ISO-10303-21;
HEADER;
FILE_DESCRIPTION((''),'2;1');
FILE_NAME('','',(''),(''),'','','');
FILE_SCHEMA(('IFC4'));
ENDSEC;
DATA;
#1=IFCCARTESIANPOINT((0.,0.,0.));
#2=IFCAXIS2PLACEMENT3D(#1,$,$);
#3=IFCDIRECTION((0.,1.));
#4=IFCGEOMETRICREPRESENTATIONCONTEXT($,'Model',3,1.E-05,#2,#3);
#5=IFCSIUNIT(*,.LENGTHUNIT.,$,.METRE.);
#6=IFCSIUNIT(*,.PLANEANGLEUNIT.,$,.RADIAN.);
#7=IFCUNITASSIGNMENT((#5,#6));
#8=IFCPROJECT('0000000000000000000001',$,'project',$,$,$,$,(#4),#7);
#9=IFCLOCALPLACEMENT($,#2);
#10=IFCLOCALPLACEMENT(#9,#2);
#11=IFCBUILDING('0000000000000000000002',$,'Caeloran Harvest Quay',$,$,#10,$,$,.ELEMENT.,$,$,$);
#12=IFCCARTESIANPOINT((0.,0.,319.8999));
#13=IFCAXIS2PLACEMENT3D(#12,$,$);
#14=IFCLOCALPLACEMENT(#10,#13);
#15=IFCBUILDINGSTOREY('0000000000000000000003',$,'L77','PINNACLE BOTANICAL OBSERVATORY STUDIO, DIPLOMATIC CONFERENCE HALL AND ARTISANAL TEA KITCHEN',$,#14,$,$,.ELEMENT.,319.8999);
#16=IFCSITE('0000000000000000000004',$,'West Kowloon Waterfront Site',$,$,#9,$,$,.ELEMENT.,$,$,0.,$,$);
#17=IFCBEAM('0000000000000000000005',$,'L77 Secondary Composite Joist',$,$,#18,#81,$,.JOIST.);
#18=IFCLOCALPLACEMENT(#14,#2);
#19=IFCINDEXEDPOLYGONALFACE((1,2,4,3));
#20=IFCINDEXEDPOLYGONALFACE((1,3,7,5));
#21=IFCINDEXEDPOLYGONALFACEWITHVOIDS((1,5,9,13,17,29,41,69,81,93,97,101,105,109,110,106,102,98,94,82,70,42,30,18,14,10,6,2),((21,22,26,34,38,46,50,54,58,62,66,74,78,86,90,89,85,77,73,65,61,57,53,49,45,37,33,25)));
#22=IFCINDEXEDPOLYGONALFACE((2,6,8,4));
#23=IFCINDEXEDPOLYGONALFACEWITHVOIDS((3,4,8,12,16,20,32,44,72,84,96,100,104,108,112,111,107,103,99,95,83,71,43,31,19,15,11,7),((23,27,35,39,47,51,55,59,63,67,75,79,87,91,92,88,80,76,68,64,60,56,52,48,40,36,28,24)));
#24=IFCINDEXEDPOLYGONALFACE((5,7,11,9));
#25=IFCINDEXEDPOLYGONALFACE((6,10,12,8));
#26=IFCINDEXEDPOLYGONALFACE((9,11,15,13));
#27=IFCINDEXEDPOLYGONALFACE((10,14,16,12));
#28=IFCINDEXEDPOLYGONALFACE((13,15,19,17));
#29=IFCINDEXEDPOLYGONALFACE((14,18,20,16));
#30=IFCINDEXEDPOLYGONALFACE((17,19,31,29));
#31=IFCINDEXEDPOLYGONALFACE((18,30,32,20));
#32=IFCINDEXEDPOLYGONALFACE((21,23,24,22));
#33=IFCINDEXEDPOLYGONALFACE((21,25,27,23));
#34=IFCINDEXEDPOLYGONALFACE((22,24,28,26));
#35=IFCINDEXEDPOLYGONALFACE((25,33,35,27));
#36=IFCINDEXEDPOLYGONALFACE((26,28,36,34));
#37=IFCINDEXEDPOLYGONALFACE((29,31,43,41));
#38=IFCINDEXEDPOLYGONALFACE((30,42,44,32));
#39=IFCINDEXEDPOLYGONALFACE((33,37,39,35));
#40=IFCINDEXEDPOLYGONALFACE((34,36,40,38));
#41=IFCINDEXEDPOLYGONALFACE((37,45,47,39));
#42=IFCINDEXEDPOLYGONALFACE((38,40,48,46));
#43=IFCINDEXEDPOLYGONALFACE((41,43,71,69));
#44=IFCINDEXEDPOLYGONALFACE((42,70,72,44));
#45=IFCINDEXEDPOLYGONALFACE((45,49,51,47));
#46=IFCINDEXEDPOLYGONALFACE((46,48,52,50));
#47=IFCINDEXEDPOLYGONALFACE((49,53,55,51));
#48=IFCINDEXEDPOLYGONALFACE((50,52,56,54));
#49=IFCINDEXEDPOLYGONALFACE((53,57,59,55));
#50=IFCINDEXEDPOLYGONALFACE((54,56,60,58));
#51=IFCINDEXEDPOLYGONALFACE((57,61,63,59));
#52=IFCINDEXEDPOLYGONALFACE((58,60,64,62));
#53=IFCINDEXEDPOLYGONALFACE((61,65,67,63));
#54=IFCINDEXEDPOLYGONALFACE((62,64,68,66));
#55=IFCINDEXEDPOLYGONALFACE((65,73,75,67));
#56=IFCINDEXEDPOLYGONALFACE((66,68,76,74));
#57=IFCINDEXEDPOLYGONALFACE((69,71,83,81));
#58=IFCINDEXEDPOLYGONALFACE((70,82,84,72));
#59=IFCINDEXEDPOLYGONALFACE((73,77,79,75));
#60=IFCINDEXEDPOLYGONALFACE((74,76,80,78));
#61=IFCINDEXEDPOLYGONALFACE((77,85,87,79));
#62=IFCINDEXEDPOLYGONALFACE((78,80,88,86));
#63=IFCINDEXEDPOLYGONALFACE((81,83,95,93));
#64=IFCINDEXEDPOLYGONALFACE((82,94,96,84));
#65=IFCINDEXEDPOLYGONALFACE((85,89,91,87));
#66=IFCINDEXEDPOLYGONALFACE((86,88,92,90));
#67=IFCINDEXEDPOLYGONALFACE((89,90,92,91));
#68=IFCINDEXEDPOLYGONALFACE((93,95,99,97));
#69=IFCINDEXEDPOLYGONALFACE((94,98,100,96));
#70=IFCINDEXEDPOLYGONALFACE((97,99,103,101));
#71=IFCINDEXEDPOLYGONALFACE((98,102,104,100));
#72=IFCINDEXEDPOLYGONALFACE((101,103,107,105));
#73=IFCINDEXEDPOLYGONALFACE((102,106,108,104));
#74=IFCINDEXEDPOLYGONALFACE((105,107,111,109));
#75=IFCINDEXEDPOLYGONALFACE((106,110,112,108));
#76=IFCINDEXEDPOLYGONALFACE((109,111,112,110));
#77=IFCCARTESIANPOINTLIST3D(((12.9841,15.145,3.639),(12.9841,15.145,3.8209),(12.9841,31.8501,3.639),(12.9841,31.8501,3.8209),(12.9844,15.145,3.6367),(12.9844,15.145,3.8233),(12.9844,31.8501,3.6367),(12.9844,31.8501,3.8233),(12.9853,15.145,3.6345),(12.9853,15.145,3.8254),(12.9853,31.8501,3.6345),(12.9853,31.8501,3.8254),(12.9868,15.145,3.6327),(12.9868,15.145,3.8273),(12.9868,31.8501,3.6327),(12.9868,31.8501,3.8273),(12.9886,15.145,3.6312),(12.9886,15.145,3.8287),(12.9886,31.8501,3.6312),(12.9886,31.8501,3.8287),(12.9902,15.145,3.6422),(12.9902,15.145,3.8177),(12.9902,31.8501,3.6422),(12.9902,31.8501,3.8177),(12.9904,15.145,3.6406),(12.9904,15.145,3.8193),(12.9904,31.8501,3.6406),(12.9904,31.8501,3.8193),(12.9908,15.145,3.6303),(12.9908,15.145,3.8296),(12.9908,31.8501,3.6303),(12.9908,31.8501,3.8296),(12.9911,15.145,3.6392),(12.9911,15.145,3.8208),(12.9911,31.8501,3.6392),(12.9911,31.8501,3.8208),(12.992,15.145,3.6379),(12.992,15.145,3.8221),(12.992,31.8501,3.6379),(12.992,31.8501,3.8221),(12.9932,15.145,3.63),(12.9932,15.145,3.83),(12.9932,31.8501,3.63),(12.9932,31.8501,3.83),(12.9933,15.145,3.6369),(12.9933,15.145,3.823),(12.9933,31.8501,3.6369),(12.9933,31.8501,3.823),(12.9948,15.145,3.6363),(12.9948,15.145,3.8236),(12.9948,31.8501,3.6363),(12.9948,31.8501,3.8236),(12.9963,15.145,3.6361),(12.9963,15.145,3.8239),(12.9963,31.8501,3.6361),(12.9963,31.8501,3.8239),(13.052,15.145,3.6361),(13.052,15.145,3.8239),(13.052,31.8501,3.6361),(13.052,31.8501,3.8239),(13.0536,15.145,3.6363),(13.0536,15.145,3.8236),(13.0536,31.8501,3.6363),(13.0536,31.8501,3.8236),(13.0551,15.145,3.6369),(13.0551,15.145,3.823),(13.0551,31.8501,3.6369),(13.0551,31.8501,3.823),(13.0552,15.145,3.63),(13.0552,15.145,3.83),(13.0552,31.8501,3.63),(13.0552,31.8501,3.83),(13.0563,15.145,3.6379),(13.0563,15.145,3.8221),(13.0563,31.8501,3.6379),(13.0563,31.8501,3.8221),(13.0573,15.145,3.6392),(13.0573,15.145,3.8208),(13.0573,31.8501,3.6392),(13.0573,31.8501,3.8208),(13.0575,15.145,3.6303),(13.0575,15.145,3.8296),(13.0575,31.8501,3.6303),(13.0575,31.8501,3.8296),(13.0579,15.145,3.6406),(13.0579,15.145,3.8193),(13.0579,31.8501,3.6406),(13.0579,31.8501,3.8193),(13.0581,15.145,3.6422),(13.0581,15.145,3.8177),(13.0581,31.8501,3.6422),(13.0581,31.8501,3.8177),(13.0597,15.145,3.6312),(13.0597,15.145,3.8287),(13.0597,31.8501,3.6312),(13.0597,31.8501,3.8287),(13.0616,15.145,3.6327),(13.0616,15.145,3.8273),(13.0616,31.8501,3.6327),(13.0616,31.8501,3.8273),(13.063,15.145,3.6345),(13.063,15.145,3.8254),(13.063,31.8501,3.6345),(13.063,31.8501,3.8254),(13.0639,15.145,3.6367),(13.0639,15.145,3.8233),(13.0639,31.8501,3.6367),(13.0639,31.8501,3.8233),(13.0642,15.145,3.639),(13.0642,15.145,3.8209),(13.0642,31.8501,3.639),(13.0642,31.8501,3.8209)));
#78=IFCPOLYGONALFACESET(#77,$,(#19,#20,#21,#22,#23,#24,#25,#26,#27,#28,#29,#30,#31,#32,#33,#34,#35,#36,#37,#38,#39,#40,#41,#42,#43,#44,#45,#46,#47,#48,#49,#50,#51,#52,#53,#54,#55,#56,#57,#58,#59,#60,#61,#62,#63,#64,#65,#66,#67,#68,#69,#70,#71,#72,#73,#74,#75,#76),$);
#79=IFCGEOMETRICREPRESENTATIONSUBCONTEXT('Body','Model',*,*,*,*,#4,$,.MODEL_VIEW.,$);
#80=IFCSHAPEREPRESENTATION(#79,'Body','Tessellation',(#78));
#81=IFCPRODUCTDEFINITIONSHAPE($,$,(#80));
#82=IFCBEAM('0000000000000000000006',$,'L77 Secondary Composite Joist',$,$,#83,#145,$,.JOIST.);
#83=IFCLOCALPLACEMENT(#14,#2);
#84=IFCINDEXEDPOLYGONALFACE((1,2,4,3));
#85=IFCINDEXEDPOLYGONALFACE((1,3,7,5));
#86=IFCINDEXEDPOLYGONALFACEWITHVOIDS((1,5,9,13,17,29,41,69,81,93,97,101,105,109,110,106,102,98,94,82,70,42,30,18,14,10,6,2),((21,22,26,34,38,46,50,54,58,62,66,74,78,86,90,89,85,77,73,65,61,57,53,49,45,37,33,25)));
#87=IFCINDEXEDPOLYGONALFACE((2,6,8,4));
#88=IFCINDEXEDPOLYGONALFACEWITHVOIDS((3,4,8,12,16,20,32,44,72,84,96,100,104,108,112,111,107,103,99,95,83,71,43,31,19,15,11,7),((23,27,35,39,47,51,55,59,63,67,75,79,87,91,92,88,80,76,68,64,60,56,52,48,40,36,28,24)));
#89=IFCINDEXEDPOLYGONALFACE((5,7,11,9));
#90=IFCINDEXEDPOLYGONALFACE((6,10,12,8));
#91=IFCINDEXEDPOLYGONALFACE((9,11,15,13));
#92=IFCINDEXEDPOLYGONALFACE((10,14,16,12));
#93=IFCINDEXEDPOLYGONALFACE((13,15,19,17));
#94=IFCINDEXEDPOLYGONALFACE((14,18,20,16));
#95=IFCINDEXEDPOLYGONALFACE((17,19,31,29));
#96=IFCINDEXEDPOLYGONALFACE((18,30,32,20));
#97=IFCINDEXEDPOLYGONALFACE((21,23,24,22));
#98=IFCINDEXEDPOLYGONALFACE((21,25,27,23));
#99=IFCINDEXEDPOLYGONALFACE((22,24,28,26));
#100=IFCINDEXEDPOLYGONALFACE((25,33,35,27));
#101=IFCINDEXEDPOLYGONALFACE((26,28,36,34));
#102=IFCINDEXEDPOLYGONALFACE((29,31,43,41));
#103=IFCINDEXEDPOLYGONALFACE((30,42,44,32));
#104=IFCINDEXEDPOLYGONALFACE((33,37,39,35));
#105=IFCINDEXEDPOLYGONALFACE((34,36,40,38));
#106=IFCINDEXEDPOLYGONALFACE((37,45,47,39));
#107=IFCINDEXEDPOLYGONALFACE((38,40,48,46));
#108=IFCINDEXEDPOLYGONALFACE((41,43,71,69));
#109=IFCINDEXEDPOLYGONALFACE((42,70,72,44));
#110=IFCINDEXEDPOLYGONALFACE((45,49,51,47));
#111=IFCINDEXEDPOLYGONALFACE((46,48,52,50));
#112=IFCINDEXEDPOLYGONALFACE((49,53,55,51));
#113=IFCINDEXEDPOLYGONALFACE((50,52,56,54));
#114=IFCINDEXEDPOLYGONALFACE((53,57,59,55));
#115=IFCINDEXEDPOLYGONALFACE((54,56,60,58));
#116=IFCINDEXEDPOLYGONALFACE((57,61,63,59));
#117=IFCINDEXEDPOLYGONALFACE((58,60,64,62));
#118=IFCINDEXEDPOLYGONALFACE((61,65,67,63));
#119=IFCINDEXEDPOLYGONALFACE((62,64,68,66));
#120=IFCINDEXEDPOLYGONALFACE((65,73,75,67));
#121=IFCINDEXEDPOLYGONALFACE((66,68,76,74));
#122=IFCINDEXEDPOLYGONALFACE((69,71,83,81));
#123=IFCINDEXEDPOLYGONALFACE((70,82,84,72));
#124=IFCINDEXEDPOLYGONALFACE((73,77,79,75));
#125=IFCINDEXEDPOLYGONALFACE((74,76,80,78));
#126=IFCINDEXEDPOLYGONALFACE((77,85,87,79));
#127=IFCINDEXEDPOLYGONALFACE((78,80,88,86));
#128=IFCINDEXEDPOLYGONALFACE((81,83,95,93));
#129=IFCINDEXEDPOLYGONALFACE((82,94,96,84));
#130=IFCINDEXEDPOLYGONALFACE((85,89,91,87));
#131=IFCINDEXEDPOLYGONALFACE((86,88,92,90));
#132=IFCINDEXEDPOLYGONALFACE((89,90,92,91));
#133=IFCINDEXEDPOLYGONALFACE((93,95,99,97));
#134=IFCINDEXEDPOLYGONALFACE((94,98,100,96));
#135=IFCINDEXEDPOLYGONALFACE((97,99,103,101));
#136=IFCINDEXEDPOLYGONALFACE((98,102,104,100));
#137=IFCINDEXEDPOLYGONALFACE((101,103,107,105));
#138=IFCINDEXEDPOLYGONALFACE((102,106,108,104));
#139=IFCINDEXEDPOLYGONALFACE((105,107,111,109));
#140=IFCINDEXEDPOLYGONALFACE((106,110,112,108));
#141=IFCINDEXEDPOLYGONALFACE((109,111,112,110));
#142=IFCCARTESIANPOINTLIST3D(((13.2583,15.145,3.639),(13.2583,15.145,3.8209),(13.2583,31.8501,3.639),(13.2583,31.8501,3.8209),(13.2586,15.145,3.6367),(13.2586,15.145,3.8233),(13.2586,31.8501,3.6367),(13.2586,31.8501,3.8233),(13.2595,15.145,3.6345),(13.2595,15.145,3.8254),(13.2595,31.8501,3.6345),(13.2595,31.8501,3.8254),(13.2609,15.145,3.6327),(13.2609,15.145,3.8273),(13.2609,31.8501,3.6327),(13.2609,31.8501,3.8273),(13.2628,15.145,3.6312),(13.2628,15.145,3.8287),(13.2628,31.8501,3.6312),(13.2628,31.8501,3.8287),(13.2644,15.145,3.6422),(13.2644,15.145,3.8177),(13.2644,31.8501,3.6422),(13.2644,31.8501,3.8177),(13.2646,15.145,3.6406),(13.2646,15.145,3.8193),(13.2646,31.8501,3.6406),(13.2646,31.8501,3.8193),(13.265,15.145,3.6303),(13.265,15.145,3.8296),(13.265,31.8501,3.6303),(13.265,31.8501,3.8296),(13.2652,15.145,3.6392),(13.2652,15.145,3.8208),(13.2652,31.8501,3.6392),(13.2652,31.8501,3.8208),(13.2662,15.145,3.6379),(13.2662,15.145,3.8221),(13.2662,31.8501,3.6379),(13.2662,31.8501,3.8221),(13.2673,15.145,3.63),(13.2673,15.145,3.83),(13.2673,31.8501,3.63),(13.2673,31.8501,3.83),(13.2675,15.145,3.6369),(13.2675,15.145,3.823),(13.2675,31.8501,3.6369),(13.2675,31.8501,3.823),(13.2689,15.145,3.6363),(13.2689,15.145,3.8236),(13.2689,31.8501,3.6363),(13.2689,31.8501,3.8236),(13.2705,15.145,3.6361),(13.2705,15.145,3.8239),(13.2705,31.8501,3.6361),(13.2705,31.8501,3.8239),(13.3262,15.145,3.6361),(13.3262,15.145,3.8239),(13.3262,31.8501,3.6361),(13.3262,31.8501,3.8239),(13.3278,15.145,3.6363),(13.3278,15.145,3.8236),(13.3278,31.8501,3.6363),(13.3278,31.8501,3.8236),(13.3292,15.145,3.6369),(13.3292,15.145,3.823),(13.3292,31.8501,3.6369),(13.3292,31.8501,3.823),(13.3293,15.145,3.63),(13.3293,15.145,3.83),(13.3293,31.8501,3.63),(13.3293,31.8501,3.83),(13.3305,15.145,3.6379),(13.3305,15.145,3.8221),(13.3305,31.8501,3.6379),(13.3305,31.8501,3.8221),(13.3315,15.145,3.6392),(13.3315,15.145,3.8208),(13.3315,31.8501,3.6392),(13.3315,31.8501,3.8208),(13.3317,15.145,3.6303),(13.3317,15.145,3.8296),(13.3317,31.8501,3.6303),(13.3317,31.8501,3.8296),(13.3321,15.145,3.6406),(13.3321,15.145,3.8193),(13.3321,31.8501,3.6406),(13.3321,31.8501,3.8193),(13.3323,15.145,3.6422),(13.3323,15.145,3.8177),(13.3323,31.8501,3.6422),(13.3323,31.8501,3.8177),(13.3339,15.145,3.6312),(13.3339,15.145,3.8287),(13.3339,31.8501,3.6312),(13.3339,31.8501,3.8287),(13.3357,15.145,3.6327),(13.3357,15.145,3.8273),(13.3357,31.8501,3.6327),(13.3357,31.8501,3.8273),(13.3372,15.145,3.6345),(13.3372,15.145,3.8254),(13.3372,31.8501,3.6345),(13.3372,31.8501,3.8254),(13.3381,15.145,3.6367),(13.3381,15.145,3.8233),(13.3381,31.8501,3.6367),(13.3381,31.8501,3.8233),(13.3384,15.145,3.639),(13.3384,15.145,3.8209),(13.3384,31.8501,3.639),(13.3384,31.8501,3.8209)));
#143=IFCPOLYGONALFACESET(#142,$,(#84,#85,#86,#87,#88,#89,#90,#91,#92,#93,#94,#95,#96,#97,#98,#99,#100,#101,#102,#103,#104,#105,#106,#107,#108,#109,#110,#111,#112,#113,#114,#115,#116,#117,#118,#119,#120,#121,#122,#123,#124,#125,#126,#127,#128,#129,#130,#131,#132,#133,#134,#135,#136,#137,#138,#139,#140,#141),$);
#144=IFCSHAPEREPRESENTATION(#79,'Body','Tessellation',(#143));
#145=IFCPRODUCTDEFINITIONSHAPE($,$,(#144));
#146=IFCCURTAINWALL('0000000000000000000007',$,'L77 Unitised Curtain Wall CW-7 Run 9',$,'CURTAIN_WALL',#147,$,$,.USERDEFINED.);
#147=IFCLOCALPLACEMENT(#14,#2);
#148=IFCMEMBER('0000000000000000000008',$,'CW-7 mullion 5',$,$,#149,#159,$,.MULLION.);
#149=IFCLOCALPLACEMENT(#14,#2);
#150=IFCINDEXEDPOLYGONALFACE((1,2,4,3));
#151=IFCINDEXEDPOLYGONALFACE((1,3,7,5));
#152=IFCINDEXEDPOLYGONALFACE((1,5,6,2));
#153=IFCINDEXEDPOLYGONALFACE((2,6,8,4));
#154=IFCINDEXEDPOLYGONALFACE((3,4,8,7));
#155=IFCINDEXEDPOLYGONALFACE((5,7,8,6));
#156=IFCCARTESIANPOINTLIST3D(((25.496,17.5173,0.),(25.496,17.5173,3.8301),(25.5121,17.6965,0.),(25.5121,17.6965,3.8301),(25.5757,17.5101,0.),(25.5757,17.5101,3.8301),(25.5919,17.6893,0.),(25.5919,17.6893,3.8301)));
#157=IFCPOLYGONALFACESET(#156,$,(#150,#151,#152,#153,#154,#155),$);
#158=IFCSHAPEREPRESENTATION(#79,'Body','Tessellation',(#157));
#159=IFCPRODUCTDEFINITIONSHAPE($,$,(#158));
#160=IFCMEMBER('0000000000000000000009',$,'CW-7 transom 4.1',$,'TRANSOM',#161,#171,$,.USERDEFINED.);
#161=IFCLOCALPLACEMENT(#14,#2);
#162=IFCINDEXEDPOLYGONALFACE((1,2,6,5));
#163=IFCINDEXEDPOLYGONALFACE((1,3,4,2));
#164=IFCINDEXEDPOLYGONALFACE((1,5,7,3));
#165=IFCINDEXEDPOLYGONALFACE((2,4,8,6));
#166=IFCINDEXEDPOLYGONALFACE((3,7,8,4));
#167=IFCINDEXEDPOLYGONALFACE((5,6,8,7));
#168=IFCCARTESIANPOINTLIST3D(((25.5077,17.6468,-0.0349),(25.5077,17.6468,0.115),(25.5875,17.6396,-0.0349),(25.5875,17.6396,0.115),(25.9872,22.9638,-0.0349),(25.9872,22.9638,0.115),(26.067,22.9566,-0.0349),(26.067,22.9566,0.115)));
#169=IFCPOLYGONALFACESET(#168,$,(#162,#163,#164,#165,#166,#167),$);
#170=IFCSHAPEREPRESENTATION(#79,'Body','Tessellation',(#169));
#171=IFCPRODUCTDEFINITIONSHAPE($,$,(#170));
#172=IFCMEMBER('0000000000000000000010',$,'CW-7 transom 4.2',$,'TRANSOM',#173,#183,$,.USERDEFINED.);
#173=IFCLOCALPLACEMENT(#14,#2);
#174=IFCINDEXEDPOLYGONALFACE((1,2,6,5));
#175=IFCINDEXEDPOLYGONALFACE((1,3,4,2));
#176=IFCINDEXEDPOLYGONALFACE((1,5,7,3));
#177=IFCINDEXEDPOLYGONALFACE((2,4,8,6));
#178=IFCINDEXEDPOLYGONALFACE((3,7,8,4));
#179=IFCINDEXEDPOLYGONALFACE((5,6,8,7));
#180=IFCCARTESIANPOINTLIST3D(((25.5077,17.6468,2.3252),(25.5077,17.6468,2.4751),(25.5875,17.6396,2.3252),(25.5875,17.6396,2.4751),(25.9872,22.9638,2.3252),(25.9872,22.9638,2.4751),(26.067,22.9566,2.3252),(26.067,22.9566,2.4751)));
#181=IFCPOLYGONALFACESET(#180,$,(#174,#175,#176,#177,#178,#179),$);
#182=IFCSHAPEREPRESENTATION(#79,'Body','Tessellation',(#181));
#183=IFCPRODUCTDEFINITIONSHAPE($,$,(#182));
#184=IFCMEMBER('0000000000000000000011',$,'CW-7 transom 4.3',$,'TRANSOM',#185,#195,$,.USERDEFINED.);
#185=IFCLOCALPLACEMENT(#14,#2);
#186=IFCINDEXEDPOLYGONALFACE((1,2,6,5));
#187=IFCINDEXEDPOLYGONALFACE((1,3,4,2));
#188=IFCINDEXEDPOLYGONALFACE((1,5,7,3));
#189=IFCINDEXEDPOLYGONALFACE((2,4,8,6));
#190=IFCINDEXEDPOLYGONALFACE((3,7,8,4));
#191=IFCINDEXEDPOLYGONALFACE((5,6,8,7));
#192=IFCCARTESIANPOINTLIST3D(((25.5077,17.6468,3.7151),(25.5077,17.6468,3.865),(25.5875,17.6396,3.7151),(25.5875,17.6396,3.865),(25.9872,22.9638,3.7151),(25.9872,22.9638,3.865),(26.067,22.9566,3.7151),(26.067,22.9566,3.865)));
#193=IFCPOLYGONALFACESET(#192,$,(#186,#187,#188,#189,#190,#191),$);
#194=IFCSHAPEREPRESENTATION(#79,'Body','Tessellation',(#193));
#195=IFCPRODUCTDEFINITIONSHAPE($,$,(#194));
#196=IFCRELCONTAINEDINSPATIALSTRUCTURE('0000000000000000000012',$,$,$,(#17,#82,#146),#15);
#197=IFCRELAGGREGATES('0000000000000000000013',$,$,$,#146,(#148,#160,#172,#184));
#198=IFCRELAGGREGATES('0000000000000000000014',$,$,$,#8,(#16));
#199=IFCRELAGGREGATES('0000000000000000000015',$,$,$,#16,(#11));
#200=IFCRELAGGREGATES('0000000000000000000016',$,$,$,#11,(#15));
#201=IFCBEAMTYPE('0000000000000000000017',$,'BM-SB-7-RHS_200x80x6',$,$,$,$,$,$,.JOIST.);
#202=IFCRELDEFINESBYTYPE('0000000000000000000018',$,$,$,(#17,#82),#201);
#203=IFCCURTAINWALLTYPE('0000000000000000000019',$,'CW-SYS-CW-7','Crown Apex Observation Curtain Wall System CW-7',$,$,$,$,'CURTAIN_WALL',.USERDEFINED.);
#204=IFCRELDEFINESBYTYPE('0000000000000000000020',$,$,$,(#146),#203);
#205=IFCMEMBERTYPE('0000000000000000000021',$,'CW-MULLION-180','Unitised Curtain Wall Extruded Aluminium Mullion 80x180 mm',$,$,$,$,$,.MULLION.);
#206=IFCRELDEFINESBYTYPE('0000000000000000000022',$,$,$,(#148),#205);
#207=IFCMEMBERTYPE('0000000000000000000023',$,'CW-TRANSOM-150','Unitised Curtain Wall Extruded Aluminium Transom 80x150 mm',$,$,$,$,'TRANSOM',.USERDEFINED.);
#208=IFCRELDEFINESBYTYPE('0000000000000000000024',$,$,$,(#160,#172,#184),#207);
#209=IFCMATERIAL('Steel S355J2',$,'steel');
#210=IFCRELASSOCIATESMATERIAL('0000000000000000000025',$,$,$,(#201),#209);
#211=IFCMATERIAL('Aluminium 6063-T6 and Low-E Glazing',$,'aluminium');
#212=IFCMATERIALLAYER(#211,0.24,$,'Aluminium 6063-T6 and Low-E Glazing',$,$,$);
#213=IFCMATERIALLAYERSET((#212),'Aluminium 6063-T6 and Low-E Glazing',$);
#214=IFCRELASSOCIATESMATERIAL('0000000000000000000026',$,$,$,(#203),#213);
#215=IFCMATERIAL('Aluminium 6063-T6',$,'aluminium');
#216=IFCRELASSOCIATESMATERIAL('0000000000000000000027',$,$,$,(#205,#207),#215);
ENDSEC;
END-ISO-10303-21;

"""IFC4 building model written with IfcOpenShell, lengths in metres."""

from ifc_helpers import new_model, si_unit, direction, frame, origin, origin_2d, place, context, subcontext, project, spatial, rectangle, hollow_rectangle, extrude, material, layer, layer_set, material_profile, profile_set, type_object, element, aggregate, save


model = new_model("IFC4")

# Units and contexts
model_context = context("Model", 3, precision=1e-05, world=origin(), true_north=direction((0.0, 1.0)))
body_context = subcontext(model_context, "Body", "Model", "MODEL_VIEW")
ifc_project = project(units=[si_unit("LENGTHUNIT", "METRE"), si_unit("PLANEANGLEUNIT", "RADIAN")], contexts=[model_context])

# Site, building, storey
site_placement = place(None, origin())
site = spatial("IfcSite", under=ifc_project, at=site_placement, Name="West Kowloon Waterfront Site", CompositionType="ELEMENT", RefElevation=0.0)
building_placement = place(site_placement, origin())
building = spatial("IfcBuilding", under=site, at=building_placement, Name="Caeloran Harvest Quay", CompositionType="ELEMENT")
storey_placement = place(building_placement, frame((0.0, 0.0, 319.8999)))
storey = spatial("IfcBuildingStorey", under=building, at=storey_placement, Name="L77", Description="PINNACLE BOTANICAL OBSERVATORY STUDIO, DIPLOMATIC CONFERENCE HALL AND ARTISANAL TEA KITCHEN", CompositionType="ELEMENT", Elevation=319.8999)

# Beams
ifc_material_1 = material(Name="Steel S355J2", Category="steel")
ifc_material_profile_1 = material_profile(ifc_material_1, hollow_rectangle(XDim=0.0801, YDim=0.2, WallThickness=0.0061, InnerFilletRadius=0.0061, OuterFilletRadius=0.009, at=origin_2d()), Name="RHS 200x80x6")
ifc_profile_set_1 = profile_set([ifc_material_profile_1], Name="Steel S355J2")
beam_type_1 = type_object("IfcBeamType", Name="BM-SB-7-RHS_200x80x6", PredefinedType="JOIST", material=ifc_profile_set_1)
for number, where, z_axis, x_axis, name in (
    (1, (13.0242, 15.145, 3.73), (0.0, 1.0, 0.0), (-1.0, 0.0, 0.0), "L77 Secondary Composite Joist"),
    (2, (13.2983, 15.145, 3.73), (0.0, 1.0, 0.0), (-1.0, 0.0, 0.0), "L77 Secondary Composite Joist"),
):
    element("IfcBeam", number, at=place(storey_placement, frame(where, z_axis=z_axis, x_axis=x_axis)), inside=storey, type_object=beam_type_1, Name=name, PredefinedType="JOIST", context=body_context, shape_type="SweptSolid", body=[
        extrude(hollow_rectangle(XDim=0.0801, YDim=0.2, WallThickness=0.0061, InnerFilletRadius=0.0061, OuterFilletRadius=0.009, at=origin_2d()), origin(), (0.0, 0.0, 1.0), 16.7051),
    ])

# Curtain wall, members
ifc_material_2 = material(Name="Aluminium 6063-T6 and Low-E Glazing", Category="aluminium")
ifc_layer_1 = layer(ifc_material_2, 0.24, Name="Aluminium 6063-T6 and Low-E Glazing")
ifc_layer_set_1 = layer_set([ifc_layer_1], Name="Aluminium 6063-T6 and Low-E Glazing")
curtain_wall_type = type_object("IfcCurtainWallType", Name="CW-SYS-CW-7", Description="Crown Apex Observation Curtain Wall System CW-7", ElementType="CURTAIN_WALL", PredefinedType="USERDEFINED", material=ifc_layer_set_1)
curtain_wall_placement = place(storey_placement, origin())
curtain_wall = element("IfcCurtainWall", 3, at=curtain_wall_placement, inside=storey, type_object=curtain_wall_type, Name="L77 Unitised Curtain Wall CW-7 Run 9", ObjectType="CURTAIN_WALL", PredefinedType="USERDEFINED")
ifc_material_3 = material(Name="Aluminium 6063-T6", Category="aluminium")
ifc_material_profile_2 = material_profile(ifc_material_3, rectangle(XDim=0.0801, YDim=0.1799, at=origin_2d()), Name="CW-MULLION-180")
ifc_profile_set_2 = profile_set([ifc_material_profile_2], Name="Aluminium 6063-T6")
member_type_1 = type_object("IfcMemberType", Name="CW-MULLION-180", Description="Unitised Curtain Wall Extruded Aluminium Mullion 80x180 mm", PredefinedType="MULLION", material=ifc_profile_set_2)
member_1_placement = place(storey_placement, frame((25.5439, 17.6033, 0.0), z_axis=(0.0, 0.0, 1.0), x_axis=(0.995958, -0.089821, 0.0)))
member_1 = element("IfcMember", 4, at=member_1_placement, type_object=member_type_1, Name="CW-7 mullion 5", PredefinedType="MULLION", context=body_context, shape_type="SweptSolid", body=[
    extrude(rectangle(XDim=0.0801, YDim=0.1799, at=origin_2d()), origin(), (0.0, 0.0, 1.0), 3.8301),
])
ifc_material_profile_3 = material_profile(ifc_material_3, rectangle(XDim=0.0801, YDim=0.1499, at=origin_2d()), Name="CW-TRANSOM-150")
ifc_profile_set_3 = profile_set([ifc_material_profile_3], Name="Aluminium 6063-T6")
member_type_2 = type_object("IfcMemberType", Name="CW-TRANSOM-150", Description="Unitised Curtain Wall Extruded Aluminium Transom 80x150 mm", ElementType="TRANSOM", PredefinedType="USERDEFINED", material=ifc_profile_set_3)
member_2_placement = place(storey_placement, frame((26.0271, 22.9602, 0.04), z_axis=(-0.089814, -0.995959, 0.0), x_axis=(0.995959, -0.089814, 0.0)))
member_2 = element("IfcMember", 5, at=member_2_placement, type_object=member_type_2, Name="CW-7 transom 4.1", ObjectType="TRANSOM", PredefinedType="USERDEFINED", context=body_context, shape_type="SweptSolid", body=[
    extrude(rectangle(XDim=0.0801, YDim=0.1499, at=origin_2d()), origin(), (0.0, 0.0, 1.0), 5.3386),
])
member_3_placement = place(storey_placement, frame((26.0271, 22.9602, 2.4001), z_axis=(-0.089814, -0.995959, 0.0), x_axis=(0.995959, -0.089814, 0.0)))
member_3 = element("IfcMember", 6, at=member_3_placement, type_object=member_type_2, Name="CW-7 transom 4.2", ObjectType="TRANSOM", PredefinedType="USERDEFINED", context=body_context, shape_type="SweptSolid", body=[
    extrude(rectangle(XDim=0.0801, YDim=0.1499, at=origin_2d()), origin(), (0.0, 0.0, 1.0), 5.3386),
])
member_4_placement = place(storey_placement, frame((26.0271, 22.9602, 3.79), z_axis=(-0.089814, -0.995959, 0.0), x_axis=(0.995959, -0.089814, 0.0)))
member_4 = element("IfcMember", 7, at=member_4_placement, type_object=member_type_2, Name="CW-7 transom 4.3", ObjectType="TRANSOM", PredefinedType="USERDEFINED", context=body_context, shape_type="SweptSolid", body=[
    extrude(rectangle(XDim=0.0801, YDim=0.1499, at=origin_2d()), origin(), (0.0, 0.0, 1.0), 5.3386),
])
aggregate(curtain_wall, [member_1, member_2, member_3, member_4])

save(model, "model.ifc")
